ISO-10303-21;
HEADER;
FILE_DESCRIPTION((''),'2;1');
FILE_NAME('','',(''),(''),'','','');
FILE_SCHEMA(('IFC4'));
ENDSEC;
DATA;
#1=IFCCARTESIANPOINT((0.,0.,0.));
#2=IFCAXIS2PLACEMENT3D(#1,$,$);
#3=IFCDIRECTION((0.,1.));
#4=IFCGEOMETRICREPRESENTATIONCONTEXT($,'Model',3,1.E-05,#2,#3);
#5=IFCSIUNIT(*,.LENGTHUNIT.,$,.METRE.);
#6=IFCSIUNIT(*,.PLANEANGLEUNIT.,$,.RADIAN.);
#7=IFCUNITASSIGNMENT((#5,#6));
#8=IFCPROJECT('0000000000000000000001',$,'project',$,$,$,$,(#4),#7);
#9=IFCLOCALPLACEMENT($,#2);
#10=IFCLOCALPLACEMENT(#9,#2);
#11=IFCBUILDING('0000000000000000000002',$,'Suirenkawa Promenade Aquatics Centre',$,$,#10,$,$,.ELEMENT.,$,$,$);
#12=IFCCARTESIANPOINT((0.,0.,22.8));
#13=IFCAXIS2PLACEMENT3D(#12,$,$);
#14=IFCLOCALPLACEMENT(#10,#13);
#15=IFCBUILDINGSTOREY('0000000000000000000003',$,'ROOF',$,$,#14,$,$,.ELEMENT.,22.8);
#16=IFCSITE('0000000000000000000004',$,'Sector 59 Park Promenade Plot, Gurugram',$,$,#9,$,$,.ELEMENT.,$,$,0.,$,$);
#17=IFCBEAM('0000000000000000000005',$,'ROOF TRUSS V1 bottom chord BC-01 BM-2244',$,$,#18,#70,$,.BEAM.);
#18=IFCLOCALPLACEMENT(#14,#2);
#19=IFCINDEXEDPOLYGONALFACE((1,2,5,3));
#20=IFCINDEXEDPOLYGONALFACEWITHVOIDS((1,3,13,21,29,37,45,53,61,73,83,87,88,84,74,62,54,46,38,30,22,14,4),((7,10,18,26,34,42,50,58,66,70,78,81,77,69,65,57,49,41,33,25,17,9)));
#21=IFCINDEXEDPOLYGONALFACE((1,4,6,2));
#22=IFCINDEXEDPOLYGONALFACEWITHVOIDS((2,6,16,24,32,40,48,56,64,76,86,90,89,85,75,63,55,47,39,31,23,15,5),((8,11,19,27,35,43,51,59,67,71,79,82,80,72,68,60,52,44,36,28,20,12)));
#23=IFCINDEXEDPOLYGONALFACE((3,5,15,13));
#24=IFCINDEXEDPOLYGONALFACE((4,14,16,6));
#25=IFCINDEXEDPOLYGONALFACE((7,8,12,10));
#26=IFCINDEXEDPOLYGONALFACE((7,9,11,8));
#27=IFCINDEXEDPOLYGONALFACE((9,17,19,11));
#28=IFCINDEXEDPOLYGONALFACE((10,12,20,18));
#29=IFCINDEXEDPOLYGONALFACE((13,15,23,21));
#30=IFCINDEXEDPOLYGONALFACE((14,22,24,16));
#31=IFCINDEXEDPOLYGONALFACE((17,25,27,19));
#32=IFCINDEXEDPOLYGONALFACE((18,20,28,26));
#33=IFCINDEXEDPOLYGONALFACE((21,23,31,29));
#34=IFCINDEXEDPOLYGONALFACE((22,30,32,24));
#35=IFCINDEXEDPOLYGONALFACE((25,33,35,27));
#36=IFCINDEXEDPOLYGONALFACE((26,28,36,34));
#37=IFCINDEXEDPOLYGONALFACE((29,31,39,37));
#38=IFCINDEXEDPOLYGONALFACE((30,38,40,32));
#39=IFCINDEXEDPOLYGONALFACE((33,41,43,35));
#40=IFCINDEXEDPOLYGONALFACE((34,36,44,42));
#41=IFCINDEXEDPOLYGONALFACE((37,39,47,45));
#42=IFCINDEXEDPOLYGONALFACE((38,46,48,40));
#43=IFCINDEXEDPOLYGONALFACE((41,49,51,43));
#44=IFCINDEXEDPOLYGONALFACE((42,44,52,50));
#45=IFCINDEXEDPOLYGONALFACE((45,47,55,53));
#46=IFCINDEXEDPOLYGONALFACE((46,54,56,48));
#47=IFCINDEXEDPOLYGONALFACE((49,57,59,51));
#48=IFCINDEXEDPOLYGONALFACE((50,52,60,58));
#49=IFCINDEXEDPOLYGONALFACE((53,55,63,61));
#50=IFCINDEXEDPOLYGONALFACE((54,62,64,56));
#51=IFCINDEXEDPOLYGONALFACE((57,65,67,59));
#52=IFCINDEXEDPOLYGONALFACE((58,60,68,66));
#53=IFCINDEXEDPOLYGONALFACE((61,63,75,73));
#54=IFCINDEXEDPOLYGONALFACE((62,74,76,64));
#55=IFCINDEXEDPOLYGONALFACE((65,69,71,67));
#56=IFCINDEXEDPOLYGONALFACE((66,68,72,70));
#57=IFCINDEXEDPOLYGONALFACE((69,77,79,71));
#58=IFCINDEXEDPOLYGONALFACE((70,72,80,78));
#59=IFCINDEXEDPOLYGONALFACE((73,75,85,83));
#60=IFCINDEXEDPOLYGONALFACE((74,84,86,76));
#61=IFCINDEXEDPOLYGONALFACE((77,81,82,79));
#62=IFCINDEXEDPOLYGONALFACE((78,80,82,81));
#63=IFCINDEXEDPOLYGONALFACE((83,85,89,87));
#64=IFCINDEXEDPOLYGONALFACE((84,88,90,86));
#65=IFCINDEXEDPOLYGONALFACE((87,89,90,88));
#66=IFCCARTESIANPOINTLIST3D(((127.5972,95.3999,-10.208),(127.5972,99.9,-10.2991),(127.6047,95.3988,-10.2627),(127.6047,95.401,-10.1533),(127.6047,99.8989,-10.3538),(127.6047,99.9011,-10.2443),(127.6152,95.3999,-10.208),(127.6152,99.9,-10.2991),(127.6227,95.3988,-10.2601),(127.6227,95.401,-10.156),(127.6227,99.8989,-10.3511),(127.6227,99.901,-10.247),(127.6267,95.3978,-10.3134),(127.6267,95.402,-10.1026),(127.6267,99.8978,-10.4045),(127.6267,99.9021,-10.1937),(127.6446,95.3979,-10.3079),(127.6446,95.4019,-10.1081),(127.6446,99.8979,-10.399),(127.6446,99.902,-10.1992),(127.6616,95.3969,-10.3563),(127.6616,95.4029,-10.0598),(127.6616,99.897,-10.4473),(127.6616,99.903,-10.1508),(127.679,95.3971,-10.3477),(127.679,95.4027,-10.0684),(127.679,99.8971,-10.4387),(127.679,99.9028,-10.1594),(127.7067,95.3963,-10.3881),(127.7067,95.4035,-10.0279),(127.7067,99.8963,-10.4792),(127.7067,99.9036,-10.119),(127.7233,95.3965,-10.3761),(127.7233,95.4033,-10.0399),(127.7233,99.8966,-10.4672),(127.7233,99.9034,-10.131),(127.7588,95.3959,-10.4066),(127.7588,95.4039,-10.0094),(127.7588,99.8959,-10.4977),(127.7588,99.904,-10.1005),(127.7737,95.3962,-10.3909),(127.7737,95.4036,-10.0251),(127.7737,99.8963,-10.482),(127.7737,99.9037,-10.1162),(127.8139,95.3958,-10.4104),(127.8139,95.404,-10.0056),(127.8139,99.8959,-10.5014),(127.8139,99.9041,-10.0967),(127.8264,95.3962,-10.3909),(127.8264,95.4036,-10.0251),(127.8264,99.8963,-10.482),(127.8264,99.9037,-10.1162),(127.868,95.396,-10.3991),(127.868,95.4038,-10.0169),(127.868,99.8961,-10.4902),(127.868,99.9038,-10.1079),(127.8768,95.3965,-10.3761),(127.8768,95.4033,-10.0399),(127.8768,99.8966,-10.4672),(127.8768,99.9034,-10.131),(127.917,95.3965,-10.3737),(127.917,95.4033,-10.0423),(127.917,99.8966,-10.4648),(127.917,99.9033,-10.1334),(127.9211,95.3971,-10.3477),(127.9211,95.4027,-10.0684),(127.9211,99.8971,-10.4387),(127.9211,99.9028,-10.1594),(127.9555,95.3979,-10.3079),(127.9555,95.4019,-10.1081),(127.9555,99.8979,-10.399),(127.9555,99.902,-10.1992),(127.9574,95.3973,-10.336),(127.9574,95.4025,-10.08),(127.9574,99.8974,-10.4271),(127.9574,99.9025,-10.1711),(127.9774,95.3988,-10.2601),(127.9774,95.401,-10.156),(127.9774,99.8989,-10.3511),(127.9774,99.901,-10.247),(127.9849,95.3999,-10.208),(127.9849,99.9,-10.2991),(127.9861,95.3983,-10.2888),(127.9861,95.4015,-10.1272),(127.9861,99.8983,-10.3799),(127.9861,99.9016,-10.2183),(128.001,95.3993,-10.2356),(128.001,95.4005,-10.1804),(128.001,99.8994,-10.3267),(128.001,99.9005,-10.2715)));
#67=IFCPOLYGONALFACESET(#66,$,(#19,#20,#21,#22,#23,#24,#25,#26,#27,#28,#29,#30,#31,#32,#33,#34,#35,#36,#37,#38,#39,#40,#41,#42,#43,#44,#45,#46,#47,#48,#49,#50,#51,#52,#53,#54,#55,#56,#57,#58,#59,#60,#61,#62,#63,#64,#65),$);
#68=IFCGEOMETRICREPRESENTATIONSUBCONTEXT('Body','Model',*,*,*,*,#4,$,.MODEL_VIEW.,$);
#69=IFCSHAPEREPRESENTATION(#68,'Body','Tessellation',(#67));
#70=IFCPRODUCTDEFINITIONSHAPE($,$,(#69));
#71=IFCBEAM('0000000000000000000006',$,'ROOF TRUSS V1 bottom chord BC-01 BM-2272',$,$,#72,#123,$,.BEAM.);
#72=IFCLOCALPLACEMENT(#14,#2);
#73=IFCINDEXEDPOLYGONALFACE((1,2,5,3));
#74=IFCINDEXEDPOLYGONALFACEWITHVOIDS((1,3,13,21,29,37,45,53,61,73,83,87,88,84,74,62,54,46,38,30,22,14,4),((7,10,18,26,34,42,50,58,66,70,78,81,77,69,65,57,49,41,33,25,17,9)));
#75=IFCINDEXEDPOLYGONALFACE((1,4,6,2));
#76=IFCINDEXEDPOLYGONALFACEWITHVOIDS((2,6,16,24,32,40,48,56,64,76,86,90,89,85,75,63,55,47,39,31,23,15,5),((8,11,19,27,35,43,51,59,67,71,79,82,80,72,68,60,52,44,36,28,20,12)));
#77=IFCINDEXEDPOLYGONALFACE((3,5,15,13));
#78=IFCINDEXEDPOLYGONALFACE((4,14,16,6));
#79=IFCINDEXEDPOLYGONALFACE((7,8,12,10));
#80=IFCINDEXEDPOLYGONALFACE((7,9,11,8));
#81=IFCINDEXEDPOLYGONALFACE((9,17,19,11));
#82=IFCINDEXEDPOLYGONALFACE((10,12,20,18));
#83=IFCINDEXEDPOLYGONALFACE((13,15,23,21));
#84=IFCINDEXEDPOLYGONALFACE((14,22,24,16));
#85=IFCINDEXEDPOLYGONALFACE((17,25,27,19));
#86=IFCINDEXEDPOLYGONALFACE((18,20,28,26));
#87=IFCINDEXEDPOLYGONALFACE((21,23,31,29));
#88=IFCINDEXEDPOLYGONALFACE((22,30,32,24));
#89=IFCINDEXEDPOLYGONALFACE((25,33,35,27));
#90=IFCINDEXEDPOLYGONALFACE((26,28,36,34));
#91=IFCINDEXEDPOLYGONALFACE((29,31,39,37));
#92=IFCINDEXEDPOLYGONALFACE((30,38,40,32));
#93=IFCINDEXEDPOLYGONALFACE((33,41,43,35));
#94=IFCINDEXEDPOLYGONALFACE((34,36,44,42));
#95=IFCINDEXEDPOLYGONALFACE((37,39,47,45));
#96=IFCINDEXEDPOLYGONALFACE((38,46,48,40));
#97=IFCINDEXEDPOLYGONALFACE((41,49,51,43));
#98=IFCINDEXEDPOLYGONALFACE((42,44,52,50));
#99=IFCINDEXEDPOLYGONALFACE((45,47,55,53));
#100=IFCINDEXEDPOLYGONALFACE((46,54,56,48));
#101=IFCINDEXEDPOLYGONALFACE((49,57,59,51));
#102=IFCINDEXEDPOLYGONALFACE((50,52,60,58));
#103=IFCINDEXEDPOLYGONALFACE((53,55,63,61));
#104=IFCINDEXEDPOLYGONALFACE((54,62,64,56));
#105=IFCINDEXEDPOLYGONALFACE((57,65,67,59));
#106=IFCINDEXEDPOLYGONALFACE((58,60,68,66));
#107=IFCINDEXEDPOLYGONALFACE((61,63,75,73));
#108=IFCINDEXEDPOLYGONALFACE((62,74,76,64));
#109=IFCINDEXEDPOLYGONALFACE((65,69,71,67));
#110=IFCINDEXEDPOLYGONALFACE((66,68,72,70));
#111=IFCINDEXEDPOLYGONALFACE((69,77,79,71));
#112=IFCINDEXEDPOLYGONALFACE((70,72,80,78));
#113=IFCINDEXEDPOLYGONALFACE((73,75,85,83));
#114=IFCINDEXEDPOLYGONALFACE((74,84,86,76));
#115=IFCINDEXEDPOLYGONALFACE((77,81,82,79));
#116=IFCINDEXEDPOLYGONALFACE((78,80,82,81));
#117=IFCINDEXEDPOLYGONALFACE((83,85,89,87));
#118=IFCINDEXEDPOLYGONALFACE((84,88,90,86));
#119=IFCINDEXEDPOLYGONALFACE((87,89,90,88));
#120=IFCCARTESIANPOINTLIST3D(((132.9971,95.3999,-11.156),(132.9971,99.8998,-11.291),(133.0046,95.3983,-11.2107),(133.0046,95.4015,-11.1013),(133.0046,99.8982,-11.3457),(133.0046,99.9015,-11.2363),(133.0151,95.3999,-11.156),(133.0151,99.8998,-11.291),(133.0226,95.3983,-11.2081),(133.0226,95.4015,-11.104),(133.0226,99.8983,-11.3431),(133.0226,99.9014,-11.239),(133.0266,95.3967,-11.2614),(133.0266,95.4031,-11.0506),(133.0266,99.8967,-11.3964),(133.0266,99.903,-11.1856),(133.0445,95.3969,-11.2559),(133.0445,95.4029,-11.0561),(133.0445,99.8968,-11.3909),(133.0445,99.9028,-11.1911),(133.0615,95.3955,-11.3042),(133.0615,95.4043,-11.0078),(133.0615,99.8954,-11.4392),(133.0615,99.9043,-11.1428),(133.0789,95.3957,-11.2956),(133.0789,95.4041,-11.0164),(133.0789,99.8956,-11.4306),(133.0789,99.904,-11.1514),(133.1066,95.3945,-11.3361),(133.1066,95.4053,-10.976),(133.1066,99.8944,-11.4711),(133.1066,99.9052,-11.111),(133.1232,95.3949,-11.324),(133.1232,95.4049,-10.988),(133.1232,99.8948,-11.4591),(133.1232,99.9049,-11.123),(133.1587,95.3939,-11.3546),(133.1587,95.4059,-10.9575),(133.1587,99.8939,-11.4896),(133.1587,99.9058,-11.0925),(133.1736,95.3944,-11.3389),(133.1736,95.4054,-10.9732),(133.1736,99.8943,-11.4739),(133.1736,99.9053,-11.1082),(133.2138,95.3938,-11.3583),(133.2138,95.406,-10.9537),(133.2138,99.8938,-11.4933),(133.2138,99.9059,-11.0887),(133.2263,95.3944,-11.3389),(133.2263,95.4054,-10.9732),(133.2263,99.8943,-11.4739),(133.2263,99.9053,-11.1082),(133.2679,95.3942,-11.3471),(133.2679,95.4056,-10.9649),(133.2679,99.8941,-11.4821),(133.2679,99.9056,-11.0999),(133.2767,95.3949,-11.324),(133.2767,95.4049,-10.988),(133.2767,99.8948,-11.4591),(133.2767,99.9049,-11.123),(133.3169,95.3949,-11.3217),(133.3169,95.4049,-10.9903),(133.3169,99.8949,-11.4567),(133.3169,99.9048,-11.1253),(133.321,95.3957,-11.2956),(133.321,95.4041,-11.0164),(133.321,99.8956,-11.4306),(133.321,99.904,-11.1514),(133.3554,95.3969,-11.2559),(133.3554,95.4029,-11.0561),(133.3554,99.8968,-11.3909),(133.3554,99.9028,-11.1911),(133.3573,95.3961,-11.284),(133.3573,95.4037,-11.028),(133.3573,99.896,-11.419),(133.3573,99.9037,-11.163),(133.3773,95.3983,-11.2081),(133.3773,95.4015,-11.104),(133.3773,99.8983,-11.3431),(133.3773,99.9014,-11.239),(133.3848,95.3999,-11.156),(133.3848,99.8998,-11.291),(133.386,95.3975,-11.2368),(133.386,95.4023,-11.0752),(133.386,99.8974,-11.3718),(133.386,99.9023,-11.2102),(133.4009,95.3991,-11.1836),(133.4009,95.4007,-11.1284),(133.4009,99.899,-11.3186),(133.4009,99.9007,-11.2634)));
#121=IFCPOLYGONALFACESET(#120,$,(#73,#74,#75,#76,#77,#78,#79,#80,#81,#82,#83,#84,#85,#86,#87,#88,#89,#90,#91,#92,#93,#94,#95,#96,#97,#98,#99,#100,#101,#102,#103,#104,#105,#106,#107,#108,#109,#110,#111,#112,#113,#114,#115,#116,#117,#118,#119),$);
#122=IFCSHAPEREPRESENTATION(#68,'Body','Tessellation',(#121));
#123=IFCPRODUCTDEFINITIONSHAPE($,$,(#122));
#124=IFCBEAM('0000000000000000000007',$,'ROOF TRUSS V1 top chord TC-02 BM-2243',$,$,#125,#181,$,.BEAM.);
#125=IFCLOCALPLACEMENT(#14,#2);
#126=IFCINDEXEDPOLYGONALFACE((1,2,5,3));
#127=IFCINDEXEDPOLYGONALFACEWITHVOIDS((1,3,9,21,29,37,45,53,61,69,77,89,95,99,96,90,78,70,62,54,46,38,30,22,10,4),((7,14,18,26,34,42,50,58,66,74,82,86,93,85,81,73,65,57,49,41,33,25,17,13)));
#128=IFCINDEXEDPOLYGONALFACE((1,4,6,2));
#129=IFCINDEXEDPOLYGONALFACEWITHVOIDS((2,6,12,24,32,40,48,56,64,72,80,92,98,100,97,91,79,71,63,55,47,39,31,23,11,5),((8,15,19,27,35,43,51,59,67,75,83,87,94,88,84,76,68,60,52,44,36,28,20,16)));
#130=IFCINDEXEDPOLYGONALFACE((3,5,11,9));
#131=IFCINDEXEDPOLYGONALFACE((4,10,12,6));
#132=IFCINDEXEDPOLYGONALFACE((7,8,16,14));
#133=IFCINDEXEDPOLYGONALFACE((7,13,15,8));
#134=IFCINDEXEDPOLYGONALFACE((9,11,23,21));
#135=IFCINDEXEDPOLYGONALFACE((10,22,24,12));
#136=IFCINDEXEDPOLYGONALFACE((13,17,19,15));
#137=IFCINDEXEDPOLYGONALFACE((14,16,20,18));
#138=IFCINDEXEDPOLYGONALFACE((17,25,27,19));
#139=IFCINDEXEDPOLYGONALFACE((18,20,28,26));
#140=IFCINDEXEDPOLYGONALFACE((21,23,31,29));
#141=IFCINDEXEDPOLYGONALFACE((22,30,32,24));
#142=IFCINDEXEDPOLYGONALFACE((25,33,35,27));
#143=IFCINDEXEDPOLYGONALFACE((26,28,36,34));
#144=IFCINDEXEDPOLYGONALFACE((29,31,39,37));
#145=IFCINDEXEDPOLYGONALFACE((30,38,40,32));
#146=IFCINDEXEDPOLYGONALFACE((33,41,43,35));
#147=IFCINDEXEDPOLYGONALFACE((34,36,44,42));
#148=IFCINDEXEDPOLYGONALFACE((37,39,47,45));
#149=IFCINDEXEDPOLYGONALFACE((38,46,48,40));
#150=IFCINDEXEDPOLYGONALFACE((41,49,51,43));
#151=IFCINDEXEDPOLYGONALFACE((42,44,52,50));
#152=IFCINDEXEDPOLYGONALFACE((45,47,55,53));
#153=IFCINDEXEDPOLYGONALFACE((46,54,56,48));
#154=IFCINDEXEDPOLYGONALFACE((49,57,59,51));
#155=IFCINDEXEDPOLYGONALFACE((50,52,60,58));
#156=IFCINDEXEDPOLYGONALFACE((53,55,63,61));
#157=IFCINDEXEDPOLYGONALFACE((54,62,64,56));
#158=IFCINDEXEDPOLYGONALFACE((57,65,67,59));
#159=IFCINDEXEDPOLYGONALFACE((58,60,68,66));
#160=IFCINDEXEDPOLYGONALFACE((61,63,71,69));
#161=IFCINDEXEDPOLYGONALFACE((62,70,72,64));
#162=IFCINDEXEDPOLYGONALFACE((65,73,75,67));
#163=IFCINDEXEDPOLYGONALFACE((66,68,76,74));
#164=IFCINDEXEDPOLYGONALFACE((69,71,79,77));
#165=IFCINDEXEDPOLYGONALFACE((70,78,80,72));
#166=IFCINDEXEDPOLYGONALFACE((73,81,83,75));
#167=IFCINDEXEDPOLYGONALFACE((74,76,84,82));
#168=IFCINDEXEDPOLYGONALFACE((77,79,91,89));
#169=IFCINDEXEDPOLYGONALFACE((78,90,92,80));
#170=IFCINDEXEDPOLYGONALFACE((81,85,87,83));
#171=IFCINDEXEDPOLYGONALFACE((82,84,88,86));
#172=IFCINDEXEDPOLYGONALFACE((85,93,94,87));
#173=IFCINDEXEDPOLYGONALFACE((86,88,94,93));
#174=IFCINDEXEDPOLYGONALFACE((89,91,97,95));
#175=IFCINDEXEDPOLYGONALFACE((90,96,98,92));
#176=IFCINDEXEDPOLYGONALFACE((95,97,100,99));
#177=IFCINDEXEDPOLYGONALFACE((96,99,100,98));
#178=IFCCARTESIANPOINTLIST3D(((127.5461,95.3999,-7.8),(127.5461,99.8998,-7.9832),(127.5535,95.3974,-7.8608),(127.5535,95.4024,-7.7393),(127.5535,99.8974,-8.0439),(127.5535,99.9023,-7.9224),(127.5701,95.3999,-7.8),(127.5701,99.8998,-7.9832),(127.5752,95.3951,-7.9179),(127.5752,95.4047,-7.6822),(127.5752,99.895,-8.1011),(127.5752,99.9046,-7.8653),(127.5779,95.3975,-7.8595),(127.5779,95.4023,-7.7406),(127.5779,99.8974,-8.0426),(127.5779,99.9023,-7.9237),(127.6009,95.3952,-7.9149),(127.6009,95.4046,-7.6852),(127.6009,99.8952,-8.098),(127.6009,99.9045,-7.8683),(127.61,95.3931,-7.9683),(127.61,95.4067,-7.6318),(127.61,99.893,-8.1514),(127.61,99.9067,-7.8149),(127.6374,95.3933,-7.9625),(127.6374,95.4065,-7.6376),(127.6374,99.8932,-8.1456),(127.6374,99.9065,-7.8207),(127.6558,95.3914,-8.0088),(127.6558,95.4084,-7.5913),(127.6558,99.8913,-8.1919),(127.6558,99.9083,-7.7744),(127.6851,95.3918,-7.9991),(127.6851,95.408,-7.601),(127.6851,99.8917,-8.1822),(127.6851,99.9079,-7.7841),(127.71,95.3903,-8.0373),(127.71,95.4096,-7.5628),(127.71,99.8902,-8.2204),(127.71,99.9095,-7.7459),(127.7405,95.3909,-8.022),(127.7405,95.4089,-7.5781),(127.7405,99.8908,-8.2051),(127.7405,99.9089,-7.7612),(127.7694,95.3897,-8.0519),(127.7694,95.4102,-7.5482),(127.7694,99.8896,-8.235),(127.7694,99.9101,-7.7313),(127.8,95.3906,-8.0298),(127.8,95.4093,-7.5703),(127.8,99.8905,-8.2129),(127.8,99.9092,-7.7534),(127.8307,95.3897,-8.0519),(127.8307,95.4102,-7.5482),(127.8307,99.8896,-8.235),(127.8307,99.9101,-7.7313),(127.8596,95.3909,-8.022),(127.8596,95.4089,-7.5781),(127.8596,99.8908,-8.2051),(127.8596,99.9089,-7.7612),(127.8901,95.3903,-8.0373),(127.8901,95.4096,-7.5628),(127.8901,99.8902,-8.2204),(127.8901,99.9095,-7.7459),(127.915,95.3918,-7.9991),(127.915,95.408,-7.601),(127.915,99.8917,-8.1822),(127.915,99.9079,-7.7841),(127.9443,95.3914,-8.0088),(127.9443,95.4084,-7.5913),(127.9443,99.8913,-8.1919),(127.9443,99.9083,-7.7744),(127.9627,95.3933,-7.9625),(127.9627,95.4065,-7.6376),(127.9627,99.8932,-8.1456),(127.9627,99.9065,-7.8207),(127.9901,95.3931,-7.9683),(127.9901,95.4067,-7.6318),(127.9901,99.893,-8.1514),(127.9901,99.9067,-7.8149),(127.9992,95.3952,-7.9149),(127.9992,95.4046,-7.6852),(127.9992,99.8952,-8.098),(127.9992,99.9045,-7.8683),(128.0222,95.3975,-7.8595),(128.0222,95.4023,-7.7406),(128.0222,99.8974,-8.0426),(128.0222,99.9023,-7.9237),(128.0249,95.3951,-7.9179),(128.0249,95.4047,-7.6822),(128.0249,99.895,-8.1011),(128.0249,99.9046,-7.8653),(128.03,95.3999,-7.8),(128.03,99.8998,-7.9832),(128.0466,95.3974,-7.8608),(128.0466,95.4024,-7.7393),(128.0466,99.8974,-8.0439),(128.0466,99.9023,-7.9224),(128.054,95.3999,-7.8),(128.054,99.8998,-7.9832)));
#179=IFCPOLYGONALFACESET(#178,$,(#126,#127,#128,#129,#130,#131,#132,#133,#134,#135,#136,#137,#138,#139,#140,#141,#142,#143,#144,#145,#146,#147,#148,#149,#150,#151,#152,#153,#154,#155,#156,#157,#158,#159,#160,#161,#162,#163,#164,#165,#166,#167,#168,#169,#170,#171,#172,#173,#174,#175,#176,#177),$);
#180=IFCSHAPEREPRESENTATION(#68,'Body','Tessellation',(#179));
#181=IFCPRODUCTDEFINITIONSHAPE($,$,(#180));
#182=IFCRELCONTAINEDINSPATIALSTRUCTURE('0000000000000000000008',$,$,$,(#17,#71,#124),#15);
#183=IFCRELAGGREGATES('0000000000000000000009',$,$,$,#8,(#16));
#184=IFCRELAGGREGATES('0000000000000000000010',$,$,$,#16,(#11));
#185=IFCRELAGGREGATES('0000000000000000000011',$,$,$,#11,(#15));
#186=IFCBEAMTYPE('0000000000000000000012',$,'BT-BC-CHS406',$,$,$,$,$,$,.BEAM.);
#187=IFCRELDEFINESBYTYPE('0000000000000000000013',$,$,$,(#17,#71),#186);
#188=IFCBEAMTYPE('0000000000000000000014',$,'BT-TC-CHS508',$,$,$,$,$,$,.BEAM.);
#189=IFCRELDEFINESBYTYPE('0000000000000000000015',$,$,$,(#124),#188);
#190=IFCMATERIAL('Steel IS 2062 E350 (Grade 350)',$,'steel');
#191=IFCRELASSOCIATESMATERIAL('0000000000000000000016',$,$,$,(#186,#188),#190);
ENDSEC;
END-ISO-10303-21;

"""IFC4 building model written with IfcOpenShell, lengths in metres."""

from ifc_helpers import new_model, si_unit, direction, frame, origin, origin_2d, place, context, subcontext, project, spatial, hollow_circle, extrude, material, material_profile, profile_set, type_object, element, save


model = new_model("IFC4")

# Units and contexts
model_context = context("Model", 3, precision=1e-05, world=origin(), true_north=direction((0.0, 1.0)))
body_context = subcontext(model_context, "Body", "Model", "MODEL_VIEW")
ifc_project = project(units=[si_unit("LENGTHUNIT", "METRE"), si_unit("PLANEANGLEUNIT", "RADIAN")], contexts=[model_context])

# Site, building, storey
site_placement = place(None, origin())
site = spatial("IfcSite", under=ifc_project, at=site_placement, Name="Sector 59 Park Promenade Plot, Gurugram", CompositionType="ELEMENT", RefElevation=0.0)
building_placement = place(site_placement, origin())
building = spatial("IfcBuilding", under=site, at=building_placement, Name="Suirenkawa Promenade Aquatics Centre", CompositionType="ELEMENT")
storey_placement = place(building_placement, frame((0.0, 0.0, 22.8)))
storey = spatial("IfcBuildingStorey", under=building, at=storey_placement, Name="ROOF", CompositionType="ELEMENT", Elevation=22.8)

# Beams
ifc_material_1 = material(Name="Steel IS 2062 E350 (Grade 350)", Category="steel")
ifc_material_profile_1 = material_profile(ifc_material_1, hollow_circle(Radius=0.2029, WallThickness=0.0181, at=origin_2d()), Name="CHS 406x18", Category="steel")
ifc_profile_set_1 = profile_set([ifc_material_profile_1], Name="Steel IS 2062 E350 (Grade 350)")
beam_type_1 = type_object("IfcBeamType", Name="BT-BC-CHS406", PredefinedType="BEAM", material=ifc_profile_set_1)
beam_1_placement = place(storey_placement, frame((127.8, 95.3999, -10.208), z_axis=(0.0, 0.999795, -0.020232), x_axis=(-1.0, 0.0, 0.0)))
element("IfcBeam", 1, at=beam_1_placement, inside=storey, type_object=beam_type_1, Name="ROOF TRUSS V1 bottom chord BC-01 BM-2244", PredefinedType="BEAM", context=body_context, shape_type="SweptSolid", body=[
    extrude(hollow_circle(Radius=0.2029, WallThickness=0.0181, at=origin_2d()), origin(), (0.0, 0.0, 1.0), 4.501),
])
beam_2_placement = place(storey_placement, frame((133.2, 95.3999, -11.156), z_axis=(0.0, 0.99955, -0.029989), x_axis=(-1.0, 0.0, 0.0)))
element("IfcBeam", 2, at=beam_2_placement, inside=storey, type_object=beam_type_1, Name="ROOF TRUSS V1 bottom chord BC-01 BM-2272", PredefinedType="BEAM", context=body_context, shape_type="SweptSolid", body=[
    extrude(hollow_circle(Radius=0.2029, WallThickness=0.0181, at=origin_2d()), origin(), (0.0, 0.0, 1.0), 4.502),
])
ifc_material_profile_2 = material_profile(ifc_material_1, hollow_circle(Radius=0.2539, WallThickness=0.0239, at=origin_2d()), Name="CHS 508x24", Category="steel")
ifc_profile_set_2 = profile_set([ifc_material_profile_2], Name="Steel IS 2062 E350 (Grade 350)")
beam_type_2 = type_object("IfcBeamType", Name="BT-TC-CHS508", PredefinedType="BEAM", material=ifc_profile_set_2)
for number, where, z_axis, x_axis, name in (
    (3, (127.8, 95.3999, -7.8), (0.0, 0.999173, -0.040656), (-1.0, 0.0, 0.0), "ROOF TRUSS V1 top chord TC-02 BM-2243"),
):
    element("IfcBeam", number, at=place(storey_placement, frame(where, z_axis=z_axis, x_axis=x_axis)), inside=storey, type_object=beam_type_2, Name=name, PredefinedType="BEAM", context=body_context, shape_type="SweptSolid", body=[
        extrude(hollow_circle(Radius=0.2539, WallThickness=0.0239, at=origin_2d()), origin(), (0.0, 0.0, 1.0), 4.5037),
    ])

save(model, "model.ifc")
